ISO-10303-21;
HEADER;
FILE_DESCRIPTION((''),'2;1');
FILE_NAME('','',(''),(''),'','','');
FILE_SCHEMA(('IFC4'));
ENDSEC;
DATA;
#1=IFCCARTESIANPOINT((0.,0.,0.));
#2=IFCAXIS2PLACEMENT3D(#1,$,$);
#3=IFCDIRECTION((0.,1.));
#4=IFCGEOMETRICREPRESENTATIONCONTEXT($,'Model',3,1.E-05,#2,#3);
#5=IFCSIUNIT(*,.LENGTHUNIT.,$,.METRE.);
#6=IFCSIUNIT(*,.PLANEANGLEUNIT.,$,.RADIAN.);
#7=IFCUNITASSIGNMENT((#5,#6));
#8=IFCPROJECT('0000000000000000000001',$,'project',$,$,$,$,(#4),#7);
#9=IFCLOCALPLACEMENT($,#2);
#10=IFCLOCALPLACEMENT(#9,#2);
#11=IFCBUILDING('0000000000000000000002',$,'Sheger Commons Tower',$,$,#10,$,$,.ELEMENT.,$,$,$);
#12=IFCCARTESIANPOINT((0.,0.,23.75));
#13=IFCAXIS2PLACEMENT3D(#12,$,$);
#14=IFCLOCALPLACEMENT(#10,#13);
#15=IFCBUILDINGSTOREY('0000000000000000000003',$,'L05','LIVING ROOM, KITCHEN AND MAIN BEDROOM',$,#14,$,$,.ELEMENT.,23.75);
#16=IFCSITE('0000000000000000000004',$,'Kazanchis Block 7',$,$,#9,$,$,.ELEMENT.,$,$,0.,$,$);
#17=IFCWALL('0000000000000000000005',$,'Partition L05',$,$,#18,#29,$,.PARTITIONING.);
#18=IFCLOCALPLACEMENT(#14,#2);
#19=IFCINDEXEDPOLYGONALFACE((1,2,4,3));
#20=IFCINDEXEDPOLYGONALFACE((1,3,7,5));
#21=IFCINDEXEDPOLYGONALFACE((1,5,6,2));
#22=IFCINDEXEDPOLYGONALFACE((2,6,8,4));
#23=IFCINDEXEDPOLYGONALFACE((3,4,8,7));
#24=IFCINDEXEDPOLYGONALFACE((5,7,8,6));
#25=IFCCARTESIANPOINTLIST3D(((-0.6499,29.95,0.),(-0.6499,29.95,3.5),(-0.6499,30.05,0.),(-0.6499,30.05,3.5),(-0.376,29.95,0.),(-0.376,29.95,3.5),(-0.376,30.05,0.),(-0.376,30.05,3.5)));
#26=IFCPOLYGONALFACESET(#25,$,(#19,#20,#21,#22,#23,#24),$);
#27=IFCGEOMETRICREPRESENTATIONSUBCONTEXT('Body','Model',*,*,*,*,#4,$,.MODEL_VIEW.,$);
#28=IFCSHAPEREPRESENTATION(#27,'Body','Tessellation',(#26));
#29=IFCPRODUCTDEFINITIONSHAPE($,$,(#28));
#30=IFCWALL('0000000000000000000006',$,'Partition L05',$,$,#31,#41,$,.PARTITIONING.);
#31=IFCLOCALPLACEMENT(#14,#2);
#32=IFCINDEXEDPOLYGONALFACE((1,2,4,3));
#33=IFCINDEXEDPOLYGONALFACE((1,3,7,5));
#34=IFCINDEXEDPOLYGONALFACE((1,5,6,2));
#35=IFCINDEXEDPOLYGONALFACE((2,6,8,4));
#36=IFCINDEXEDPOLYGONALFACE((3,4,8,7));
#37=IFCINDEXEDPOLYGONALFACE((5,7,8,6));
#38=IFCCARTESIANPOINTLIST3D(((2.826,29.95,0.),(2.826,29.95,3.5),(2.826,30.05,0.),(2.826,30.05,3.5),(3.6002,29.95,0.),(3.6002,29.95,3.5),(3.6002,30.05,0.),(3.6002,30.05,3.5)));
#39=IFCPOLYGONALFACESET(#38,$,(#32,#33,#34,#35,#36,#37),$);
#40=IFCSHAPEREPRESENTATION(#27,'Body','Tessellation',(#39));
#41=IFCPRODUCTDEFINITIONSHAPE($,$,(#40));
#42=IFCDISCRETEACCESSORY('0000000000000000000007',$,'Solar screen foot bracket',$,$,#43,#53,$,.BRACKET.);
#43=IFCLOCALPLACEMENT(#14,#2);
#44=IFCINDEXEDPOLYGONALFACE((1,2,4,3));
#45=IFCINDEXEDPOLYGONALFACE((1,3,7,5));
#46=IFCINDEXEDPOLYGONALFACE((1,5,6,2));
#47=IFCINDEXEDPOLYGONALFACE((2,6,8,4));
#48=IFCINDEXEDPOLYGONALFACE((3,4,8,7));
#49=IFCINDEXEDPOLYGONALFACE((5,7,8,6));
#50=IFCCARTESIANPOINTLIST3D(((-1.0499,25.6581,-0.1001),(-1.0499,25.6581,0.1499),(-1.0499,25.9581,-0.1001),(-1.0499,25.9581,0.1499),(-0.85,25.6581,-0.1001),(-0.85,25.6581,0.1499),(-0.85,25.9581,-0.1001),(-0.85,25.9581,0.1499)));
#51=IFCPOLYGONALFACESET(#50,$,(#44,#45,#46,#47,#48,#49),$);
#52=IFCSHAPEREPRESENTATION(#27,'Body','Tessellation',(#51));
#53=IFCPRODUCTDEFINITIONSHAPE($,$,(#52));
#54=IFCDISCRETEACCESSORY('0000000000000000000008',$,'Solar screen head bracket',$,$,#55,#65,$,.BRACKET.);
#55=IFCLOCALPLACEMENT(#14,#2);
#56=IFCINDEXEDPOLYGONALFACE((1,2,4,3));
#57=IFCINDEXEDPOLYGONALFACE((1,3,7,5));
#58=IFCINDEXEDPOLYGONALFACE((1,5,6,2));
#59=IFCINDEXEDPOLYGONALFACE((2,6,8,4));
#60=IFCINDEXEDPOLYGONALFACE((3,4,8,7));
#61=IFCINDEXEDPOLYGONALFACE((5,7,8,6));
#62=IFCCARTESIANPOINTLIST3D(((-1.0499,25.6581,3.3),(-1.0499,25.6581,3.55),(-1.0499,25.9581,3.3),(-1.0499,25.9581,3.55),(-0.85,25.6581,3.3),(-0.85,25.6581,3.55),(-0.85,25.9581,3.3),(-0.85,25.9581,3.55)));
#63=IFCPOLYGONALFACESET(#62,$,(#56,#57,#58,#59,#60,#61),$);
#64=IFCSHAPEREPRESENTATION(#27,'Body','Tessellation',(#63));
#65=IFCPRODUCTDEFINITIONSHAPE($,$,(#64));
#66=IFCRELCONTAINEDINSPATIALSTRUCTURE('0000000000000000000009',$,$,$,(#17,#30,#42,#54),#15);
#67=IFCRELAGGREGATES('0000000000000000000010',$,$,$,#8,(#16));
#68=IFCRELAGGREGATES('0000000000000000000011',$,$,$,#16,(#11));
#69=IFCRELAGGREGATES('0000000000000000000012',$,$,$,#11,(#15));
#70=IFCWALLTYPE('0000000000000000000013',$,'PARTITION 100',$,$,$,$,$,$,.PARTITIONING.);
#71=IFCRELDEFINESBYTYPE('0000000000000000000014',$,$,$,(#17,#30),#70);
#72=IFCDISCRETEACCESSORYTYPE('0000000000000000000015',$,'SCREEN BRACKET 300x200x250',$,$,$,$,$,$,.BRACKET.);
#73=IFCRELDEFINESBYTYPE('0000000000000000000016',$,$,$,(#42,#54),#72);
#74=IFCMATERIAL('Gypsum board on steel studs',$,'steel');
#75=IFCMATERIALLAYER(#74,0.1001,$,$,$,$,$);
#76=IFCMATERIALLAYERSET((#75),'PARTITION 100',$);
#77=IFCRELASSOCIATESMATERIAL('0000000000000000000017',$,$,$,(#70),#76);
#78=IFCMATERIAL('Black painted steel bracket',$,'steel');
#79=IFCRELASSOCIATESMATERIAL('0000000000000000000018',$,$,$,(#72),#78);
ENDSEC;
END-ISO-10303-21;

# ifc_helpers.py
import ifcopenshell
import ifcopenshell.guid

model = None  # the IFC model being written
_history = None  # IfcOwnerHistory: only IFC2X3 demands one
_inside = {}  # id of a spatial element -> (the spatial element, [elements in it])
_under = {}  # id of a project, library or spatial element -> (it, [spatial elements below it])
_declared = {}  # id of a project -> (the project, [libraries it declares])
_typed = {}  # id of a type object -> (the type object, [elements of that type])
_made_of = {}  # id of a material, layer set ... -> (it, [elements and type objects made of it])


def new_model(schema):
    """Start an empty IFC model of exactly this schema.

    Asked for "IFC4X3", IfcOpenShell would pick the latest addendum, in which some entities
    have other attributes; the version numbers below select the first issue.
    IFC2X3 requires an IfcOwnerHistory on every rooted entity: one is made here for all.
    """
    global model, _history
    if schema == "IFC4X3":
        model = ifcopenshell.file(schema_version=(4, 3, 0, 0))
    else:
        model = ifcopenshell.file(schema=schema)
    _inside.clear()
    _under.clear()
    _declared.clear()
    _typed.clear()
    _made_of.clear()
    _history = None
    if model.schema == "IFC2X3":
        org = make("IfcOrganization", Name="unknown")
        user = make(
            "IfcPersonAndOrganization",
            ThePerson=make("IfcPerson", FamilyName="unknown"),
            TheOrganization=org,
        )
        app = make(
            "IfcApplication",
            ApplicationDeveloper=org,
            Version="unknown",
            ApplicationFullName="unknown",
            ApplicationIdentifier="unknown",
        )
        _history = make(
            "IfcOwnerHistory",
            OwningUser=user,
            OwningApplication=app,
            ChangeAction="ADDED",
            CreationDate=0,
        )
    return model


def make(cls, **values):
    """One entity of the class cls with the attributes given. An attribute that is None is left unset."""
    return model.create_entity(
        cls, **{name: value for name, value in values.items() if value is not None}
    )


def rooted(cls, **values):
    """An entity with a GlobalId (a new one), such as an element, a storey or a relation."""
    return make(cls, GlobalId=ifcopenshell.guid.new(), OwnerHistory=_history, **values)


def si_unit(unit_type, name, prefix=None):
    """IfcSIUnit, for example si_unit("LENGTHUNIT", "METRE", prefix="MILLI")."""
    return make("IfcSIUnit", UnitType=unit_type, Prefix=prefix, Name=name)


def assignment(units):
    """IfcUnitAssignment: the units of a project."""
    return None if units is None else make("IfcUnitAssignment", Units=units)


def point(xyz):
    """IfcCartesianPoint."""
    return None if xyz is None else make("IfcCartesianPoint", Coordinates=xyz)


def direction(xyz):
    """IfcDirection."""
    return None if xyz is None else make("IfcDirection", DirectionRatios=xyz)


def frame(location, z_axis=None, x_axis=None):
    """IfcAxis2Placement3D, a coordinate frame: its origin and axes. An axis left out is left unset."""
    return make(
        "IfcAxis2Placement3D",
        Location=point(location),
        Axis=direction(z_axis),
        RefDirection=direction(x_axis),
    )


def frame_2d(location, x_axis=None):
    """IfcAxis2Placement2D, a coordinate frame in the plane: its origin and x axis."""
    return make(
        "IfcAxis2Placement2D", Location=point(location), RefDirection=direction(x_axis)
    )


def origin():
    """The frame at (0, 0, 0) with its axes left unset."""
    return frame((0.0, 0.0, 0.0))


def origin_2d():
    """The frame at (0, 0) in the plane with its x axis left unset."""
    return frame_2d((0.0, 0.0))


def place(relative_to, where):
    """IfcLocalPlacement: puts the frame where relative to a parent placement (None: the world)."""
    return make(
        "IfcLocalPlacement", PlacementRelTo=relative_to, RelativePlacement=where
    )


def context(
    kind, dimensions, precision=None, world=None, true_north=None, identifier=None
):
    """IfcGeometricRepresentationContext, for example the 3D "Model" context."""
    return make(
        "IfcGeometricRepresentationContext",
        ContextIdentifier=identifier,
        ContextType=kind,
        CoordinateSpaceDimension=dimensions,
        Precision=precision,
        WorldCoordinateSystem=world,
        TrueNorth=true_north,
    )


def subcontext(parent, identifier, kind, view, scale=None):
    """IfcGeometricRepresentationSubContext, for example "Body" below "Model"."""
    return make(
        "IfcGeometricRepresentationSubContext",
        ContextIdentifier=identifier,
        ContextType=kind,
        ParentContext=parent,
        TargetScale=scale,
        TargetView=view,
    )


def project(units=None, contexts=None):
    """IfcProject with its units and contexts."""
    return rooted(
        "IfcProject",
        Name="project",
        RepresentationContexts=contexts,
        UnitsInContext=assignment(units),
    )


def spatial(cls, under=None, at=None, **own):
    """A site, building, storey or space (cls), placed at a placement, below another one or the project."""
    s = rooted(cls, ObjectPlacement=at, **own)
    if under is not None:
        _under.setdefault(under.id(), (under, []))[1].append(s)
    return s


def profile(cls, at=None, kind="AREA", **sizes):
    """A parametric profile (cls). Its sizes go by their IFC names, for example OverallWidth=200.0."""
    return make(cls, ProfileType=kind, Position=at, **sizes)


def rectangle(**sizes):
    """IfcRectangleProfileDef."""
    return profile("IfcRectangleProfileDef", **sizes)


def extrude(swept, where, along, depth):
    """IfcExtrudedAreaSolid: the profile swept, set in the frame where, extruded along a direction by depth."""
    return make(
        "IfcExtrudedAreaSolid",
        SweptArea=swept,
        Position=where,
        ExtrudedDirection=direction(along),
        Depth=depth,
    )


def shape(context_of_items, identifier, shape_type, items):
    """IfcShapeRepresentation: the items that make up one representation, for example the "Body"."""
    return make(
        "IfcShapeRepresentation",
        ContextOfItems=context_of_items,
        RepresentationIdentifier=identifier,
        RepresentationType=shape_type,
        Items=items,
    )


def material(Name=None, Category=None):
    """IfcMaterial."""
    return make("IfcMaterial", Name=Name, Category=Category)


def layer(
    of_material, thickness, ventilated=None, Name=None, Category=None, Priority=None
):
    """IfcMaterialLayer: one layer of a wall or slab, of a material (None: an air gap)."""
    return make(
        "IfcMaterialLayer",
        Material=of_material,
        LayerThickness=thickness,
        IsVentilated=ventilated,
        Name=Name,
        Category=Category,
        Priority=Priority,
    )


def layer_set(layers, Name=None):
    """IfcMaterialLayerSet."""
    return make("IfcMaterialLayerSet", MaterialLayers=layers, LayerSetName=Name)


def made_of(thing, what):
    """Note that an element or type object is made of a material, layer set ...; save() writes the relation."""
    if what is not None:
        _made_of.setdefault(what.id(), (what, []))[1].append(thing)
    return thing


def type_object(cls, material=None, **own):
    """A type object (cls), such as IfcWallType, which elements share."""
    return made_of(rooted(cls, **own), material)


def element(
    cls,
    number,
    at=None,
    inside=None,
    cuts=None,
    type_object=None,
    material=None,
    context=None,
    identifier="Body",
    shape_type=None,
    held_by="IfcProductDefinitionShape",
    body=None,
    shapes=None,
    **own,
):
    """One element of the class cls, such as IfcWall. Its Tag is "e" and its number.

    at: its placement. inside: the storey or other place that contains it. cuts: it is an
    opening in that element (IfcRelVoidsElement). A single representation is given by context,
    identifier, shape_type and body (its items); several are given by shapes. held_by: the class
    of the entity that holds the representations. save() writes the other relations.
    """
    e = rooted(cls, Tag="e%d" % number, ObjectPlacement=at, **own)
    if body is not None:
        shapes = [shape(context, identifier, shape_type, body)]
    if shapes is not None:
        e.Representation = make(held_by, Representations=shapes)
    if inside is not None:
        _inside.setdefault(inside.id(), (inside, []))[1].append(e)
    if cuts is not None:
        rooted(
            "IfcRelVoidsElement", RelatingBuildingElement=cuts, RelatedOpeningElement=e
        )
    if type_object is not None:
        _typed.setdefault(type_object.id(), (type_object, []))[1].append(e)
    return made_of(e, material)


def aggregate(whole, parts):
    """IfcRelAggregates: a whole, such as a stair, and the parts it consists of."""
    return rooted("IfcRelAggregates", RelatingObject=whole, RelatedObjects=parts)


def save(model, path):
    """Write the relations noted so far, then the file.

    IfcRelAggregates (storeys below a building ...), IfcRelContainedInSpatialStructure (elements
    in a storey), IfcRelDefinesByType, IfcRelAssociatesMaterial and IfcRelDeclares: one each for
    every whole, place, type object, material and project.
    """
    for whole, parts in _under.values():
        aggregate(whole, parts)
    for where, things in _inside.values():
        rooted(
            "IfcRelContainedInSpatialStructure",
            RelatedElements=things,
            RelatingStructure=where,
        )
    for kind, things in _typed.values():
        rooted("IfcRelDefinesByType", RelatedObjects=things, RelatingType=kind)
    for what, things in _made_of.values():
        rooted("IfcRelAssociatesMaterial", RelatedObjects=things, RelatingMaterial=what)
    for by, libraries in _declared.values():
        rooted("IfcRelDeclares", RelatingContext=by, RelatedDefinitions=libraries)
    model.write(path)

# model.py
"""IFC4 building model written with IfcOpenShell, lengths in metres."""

from ifc_helpers import new_model, si_unit, direction, frame, frame_2d, origin, origin_2d, place, context, subcontext, project, spatial, rectangle, extrude, material, layer, layer_set, type_object, element, save


model = new_model("IFC4")

# Units and contexts
model_context = context("Model", 3, precision=1e-05, world=origin(), true_north=direction((0.0, 1.0)))
body_context = subcontext(model_context, "Body", "Model", "MODEL_VIEW")
ifc_project = project(units=[si_unit("LENGTHUNIT", "METRE"), si_unit("PLANEANGLEUNIT", "RADIAN")], contexts=[model_context])

# Site, building, storey
site_placement = place(None, origin())
site = spatial("IfcSite", under=ifc_project, at=site_placement, Name="Kazanchis Block 7", CompositionType="ELEMENT", RefElevation=0.0)
building_placement = place(site_placement, origin())
building = spatial("IfcBuilding", under=site, at=building_placement, Name="Sheger Commons Tower", CompositionType="ELEMENT")
storey_placement = place(building_placement, frame((0.0, 0.0, 23.75)))
storey = spatial("IfcBuildingStorey", under=building, at=storey_placement, Name="L05", Description="LIVING ROOM, KITCHEN AND MAIN BEDROOM", CompositionType="ELEMENT", Elevation=23.75)

# Shared definitions
ifc_material_1 = material(Name="Gypsum board on steel studs", Category="steel")
ifc_layer_1 = layer(ifc_material_1, 0.1001)
ifc_layer_set_1 = layer_set([ifc_layer_1], Name="PARTITION 100")
wall_type_1 = type_object("IfcWallType", Name="PARTITION 100", PredefinedType="PARTITIONING", material=ifc_layer_set_1)

# Walls
wall_1_placement = place(storey_placement, frame((-0.6499, 30.0, 0.0), z_axis=(0.0, 0.0, 1.0), x_axis=(1.0, 0.0, 0.0)))
element("IfcWall", 1, at=wall_1_placement, inside=storey, type_object=wall_type_1, Name="Partition L05", PredefinedType="PARTITIONING", context=body_context, shape_type="SweptSolid", body=[
    extrude(rectangle(XDim=0.2739, YDim=0.1001, at=frame_2d((0.137, 0.0))), origin(), (0.0, 0.0, 1.0), 3.5),
])
wall_2_placement = place(storey_placement, frame((2.8259, 30.0, 0.0), z_axis=(0.0, 0.0, 1.0), x_axis=(1.0, 0.0, 0.0)))
element("IfcWall", 2, at=wall_2_placement, inside=storey, type_object=wall_type_1, Name="Partition L05", PredefinedType="PARTITIONING", context=body_context, shape_type="SweptSolid", body=[
    extrude(rectangle(XDim=0.7742, YDim=0.1001, at=frame_2d((0.3872, 0.0))), origin(), (0.0, 0.0, 1.0), 3.5),
])

# Discrete accessories
ifc_material_2 = material(Name="Black painted steel bracket", Category="steel")
discrete_accessory_type = type_object("IfcDiscreteAccessoryType", Name="SCREEN BRACKET 300x200x250", PredefinedType="BRACKET", material=ifc_material_2)
for number, where, z_axis, x_axis, name in (
    (3, (-0.95, 25.8081, -0.1001), (0.0, 0.0, 1.0), (0.0, -1.0, 0.0), "Solar screen foot bracket"),
    (4, (-0.95, 25.8081, 3.3), (0.0, 0.0, 1.0), (0.0, -1.0, 0.0), "Solar screen head bracket"),
):
    element("IfcDiscreteAccessory", number, at=place(storey_placement, frame(where, z_axis=z_axis, x_axis=x_axis)), inside=storey, type_object=discrete_accessory_type, Name=name, PredefinedType="BRACKET", context=body_context, shape_type="SweptSolid", body=[
        extrude(rectangle(XDim=0.3, YDim=0.2, at=origin_2d()), origin(), (0.0, 0.0, 1.0), 0.25),
    ])

save(model, "model.ifc")
